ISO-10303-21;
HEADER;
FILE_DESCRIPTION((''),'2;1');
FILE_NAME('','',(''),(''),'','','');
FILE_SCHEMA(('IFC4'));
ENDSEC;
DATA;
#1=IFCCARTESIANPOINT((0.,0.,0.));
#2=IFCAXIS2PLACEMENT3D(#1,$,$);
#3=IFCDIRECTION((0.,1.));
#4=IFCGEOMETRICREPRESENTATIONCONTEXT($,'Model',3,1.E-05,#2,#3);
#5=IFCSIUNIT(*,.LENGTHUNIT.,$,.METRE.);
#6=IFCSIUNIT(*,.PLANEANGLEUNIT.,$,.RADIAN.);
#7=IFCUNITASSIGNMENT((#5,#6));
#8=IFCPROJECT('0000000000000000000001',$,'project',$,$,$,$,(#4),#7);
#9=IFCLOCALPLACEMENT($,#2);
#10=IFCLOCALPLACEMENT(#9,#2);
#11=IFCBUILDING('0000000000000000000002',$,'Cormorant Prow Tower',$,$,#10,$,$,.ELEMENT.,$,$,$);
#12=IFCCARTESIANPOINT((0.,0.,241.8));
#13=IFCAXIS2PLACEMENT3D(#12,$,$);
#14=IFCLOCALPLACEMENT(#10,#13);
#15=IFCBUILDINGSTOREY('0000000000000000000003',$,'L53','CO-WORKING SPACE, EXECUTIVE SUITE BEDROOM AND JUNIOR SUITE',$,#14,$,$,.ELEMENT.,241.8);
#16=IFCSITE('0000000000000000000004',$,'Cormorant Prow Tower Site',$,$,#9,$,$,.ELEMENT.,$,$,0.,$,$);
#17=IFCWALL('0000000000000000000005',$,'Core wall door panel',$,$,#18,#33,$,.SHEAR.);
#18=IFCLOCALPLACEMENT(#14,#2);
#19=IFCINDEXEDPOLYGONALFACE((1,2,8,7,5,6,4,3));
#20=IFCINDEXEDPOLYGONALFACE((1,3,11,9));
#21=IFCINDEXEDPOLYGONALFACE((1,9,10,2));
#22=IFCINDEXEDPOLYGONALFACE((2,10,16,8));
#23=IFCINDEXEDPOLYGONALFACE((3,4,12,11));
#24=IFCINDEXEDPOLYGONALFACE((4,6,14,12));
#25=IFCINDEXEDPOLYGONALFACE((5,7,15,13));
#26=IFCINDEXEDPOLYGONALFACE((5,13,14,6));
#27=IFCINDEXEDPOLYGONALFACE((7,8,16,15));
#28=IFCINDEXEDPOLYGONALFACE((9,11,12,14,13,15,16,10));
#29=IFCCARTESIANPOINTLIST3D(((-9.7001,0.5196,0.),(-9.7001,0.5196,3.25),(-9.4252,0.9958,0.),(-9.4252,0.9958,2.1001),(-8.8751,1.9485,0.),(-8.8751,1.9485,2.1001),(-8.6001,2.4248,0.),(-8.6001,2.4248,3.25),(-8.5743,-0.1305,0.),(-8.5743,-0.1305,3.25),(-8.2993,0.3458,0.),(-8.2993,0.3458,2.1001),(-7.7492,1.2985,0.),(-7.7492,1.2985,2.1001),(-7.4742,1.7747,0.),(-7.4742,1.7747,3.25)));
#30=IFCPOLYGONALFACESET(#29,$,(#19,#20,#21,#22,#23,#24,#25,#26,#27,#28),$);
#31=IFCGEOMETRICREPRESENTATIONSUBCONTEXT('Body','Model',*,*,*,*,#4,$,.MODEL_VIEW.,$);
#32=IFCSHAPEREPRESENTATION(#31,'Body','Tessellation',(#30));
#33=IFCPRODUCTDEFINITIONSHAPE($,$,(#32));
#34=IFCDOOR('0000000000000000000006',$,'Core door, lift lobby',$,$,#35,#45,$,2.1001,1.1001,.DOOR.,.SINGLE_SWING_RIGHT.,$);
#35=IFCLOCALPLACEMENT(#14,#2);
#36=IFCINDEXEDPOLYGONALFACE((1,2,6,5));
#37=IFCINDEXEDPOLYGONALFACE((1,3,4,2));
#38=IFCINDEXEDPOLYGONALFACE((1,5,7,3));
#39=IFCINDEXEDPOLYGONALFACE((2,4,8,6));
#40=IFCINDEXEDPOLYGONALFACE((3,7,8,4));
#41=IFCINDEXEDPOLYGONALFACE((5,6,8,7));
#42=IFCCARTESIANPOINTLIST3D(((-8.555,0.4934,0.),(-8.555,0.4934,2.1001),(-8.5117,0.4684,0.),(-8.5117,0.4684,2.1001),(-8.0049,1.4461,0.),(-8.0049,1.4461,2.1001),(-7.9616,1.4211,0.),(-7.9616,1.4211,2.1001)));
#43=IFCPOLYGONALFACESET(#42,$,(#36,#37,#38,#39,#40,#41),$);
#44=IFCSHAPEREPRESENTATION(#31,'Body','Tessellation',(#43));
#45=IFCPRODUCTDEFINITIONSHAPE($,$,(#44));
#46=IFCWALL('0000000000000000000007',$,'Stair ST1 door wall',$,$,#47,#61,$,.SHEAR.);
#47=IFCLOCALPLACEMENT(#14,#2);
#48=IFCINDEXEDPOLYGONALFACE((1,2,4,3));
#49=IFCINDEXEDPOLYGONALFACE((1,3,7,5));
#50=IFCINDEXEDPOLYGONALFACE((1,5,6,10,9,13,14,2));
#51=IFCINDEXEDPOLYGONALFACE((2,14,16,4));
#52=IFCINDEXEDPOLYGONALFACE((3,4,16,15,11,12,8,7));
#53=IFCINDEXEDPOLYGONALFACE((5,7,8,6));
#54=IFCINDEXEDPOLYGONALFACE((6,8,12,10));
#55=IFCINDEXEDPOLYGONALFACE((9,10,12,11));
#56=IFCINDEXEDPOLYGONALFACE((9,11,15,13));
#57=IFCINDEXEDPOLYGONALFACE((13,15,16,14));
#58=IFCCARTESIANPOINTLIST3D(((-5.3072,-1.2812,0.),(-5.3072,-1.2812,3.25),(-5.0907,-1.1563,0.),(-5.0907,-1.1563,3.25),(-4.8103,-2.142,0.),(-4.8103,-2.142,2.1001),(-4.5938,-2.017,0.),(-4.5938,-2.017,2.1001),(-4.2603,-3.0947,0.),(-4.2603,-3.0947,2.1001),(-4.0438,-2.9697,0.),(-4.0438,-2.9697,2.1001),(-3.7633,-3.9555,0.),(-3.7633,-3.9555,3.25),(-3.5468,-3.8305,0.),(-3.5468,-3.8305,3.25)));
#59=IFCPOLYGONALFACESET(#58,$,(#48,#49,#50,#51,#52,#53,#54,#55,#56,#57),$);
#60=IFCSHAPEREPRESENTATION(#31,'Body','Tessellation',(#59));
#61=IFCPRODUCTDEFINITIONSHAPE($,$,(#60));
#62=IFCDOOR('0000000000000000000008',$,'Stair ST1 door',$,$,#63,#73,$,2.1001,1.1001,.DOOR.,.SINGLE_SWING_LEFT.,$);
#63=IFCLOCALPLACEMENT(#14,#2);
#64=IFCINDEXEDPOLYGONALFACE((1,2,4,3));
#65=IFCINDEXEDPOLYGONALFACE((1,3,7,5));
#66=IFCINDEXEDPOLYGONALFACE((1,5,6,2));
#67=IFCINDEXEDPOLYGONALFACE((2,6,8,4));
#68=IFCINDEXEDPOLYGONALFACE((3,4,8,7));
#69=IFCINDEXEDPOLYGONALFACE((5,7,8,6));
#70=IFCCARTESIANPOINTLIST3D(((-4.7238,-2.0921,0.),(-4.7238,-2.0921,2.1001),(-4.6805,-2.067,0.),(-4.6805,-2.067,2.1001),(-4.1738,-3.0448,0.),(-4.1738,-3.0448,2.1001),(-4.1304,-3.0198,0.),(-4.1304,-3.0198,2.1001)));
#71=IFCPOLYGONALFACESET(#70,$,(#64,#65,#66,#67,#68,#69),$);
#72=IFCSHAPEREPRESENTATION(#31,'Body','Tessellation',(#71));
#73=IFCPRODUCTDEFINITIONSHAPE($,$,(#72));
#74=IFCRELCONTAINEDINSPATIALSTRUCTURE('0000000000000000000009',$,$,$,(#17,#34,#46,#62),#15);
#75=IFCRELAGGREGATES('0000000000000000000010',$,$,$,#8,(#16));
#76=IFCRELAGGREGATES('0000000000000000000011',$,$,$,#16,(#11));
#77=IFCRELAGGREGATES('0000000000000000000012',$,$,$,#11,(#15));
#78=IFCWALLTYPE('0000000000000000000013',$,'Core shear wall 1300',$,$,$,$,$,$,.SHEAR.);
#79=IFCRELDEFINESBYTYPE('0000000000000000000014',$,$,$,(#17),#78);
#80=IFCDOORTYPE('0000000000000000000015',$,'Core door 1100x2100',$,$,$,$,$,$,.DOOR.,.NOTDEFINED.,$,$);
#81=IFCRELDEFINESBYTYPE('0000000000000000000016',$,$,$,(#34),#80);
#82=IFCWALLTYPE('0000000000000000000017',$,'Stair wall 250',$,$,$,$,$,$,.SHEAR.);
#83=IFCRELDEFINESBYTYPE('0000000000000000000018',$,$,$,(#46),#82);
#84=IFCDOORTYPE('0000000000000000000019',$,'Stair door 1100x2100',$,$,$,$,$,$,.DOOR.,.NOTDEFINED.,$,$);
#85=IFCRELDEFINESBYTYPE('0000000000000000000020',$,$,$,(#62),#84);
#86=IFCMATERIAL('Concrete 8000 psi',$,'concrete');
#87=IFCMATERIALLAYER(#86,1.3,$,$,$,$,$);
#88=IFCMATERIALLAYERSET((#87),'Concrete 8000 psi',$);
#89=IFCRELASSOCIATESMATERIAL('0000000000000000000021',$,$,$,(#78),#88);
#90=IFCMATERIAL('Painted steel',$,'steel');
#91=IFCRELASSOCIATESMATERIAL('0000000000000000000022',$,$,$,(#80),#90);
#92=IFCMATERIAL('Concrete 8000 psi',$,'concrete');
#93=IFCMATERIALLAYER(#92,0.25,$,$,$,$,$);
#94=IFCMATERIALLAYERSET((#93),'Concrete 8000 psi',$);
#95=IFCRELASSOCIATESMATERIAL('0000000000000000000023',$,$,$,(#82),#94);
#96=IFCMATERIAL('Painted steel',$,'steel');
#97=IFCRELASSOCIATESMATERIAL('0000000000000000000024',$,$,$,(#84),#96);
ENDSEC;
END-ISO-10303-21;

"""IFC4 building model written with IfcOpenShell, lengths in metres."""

from ifc_helpers import new_model, si_unit, direction, frame, frame_2d, origin, place, context, subcontext, project, spatial, rectangle, extrude, material, layer, layer_set, type_object, element, fill, save


model = new_model("IFC4")

# Units and contexts
model_context = context("Model", 3, precision=1e-05, world=origin(), true_north=direction((0.0, 1.0)))
body_context = subcontext(model_context, "Body", "Model", "MODEL_VIEW")
ifc_project = project(units=[si_unit("LENGTHUNIT", "METRE"), si_unit("PLANEANGLEUNIT", "RADIAN")], contexts=[model_context])

# Site, building, storey
site_placement = place(None, origin())
site = spatial("IfcSite", under=ifc_project, at=site_placement, Name="Cormorant Prow Tower Site", CompositionType="ELEMENT", RefElevation=0.0)
building_placement = place(site_placement, origin())
building = spatial("IfcBuilding", under=site, at=building_placement, Name="Cormorant Prow Tower", CompositionType="ELEMENT")
storey_placement = place(building_placement, frame((0.0, 0.0, 241.8)))
storey = spatial("IfcBuildingStorey", under=building, at=storey_placement, Name="L53", Description="CO-WORKING SPACE, EXECUTIVE SUITE BEDROOM AND JUNIOR SUITE", CompositionType="ELEMENT", Elevation=241.8)

# Walls, openings, doors
ifc_material_1 = material(Name="Concrete 8000 psi", Category="concrete")
ifc_layer_1 = layer(ifc_material_1, 1.3)
ifc_layer_set_1 = layer_set([ifc_layer_1], Name="Concrete 8000 psi")
wall_type_1 = type_object("IfcWallType", Name="Core shear wall 1300", PredefinedType="SHEAR", material=ifc_layer_set_1)
wall_1_placement = place(storey_placement, frame((-8.0371, 2.0999, 0.0), z_axis=(0.0, 0.0, 1.0), x_axis=(-0.50003, -0.866008, 0.0)))
wall_1 = element("IfcWall", 1, at=wall_1_placement, inside=storey, type_object=wall_type_1, Name="Core wall door panel", PredefinedType="SHEAR", context=body_context, shape_type="SweptSolid", body=[
    extrude(rectangle(XDim=2.2, YDim=1.3, at=frame_2d((1.1001, 0.0))), origin(), (0.0, 0.0, 1.0), 3.25),
])
opening_1_placement = place(wall_1_placement, frame((0.55, 0.0, 0.0)))
opening_1 = element("IfcOpeningElement", 2, at=opening_1_placement, cuts=wall_1, PredefinedType="OPENING", context=body_context, shape_type="SweptSolid", body=[
    extrude(rectangle(XDim=1.1001, YDim=2.1001, at=frame_2d((0.55, 1.05))), frame((0.0, 0.6599, 0.0), z_axis=(0.0, -1.0, 0.0), x_axis=(1.0, 0.0, 0.0)), (0.0, 0.0, 1.0), 1.3201),
])
ifc_material_2 = material(Name="Painted steel", Category="steel")
door_type_1 = type_object("IfcDoorType", Name="Core door 1100x2100", OperationType="NOTDEFINED", PredefinedType="DOOR", material=ifc_material_2)
door_1_placement = place(opening_1_placement, origin())
door_1 = element("IfcDoor", 3, at=door_1_placement, inside=storey, type_object=door_type_1, Name="Core door, lift lobby", OperationType="SINGLE_SWING_RIGHT", OverallHeight=2.1001, OverallWidth=1.1001, PredefinedType="DOOR", context=body_context, shape_type="SweptSolid", body=[
    extrude(rectangle(XDim=1.1001, YDim=2.1001, at=frame_2d((0.55, 1.05))), frame((0.0, 0.4048, 0.0), z_axis=(0.0, -1.0, 0.0), x_axis=(1.0, 0.0, 0.0)), (0.0, 0.0, 1.0), 0.05),
])
fill(opening_1, door_1)
ifc_material_3 = material(Name="Concrete 8000 psi", Category="concrete")
ifc_layer_2 = layer(ifc_material_3, 0.25)
ifc_layer_set_2 = layer_set([ifc_layer_2], Name="Concrete 8000 psi")
wall_type_2 = type_object("IfcWallType", Name="Stair wall 250", PredefinedType="SHEAR", material=ifc_layer_set_2)
wall_2_placement = place(storey_placement, frame((-5.199, -1.2188, 0.0), z_axis=(0.0, 0.0, 1.0), x_axis=(0.499983, -0.866035, 0.0)))
wall_2 = element("IfcWall", 4, at=wall_2_placement, inside=storey, type_object=wall_type_2, Name="Stair ST1 door wall", PredefinedType="SHEAR", context=body_context, shape_type="SweptSolid", body=[
    extrude(rectangle(XDim=3.0879, YDim=0.25, at=frame_2d((1.5439, 0.0))), origin(), (0.0, 0.0, 1.0), 3.25),
])
opening_2_placement = place(wall_2_placement, frame((0.9939, 0.0, 0.0)))
opening_2 = element("IfcOpeningElement", 5, at=opening_2_placement, cuts=wall_2, PredefinedType="OPENING", context=body_context, shape_type="SweptSolid", body=[
    extrude(rectangle(XDim=1.1001, YDim=2.1001, at=frame_2d((0.55, 1.05))), frame((0.0, 0.135, 0.0), z_axis=(0.0, -1.0, 0.0), x_axis=(1.0, 0.0, 0.0)), (0.0, 0.0, 1.0), 0.27),
])
ifc_material_4 = material(Name="Painted steel", Category="steel")
door_type_2 = type_object("IfcDoorType", Name="Stair door 1100x2100", OperationType="NOTDEFINED", PredefinedType="DOOR", material=ifc_material_4)
door_2_placement = place(opening_2_placement, origin())
door_2 = element("IfcDoor", 6, at=door_2_placement, inside=storey, type_object=door_type_2, Name="Stair ST1 door", OperationType="SINGLE_SWING_LEFT", OverallHeight=2.1001, OverallWidth=1.1001, PredefinedType="DOOR", context=body_context, shape_type="SweptSolid", body=[
    extrude(rectangle(XDim=1.1001, YDim=2.1001, at=frame_2d((0.55, 1.05))), frame((0.0, 0.0249, 0.0), z_axis=(0.0, -1.0, 0.0), x_axis=(1.0, 0.0, 0.0)), (0.0, 0.0, 1.0), 0.05),
])
fill(opening_2, door_2)

save(model, "model.ifc")
